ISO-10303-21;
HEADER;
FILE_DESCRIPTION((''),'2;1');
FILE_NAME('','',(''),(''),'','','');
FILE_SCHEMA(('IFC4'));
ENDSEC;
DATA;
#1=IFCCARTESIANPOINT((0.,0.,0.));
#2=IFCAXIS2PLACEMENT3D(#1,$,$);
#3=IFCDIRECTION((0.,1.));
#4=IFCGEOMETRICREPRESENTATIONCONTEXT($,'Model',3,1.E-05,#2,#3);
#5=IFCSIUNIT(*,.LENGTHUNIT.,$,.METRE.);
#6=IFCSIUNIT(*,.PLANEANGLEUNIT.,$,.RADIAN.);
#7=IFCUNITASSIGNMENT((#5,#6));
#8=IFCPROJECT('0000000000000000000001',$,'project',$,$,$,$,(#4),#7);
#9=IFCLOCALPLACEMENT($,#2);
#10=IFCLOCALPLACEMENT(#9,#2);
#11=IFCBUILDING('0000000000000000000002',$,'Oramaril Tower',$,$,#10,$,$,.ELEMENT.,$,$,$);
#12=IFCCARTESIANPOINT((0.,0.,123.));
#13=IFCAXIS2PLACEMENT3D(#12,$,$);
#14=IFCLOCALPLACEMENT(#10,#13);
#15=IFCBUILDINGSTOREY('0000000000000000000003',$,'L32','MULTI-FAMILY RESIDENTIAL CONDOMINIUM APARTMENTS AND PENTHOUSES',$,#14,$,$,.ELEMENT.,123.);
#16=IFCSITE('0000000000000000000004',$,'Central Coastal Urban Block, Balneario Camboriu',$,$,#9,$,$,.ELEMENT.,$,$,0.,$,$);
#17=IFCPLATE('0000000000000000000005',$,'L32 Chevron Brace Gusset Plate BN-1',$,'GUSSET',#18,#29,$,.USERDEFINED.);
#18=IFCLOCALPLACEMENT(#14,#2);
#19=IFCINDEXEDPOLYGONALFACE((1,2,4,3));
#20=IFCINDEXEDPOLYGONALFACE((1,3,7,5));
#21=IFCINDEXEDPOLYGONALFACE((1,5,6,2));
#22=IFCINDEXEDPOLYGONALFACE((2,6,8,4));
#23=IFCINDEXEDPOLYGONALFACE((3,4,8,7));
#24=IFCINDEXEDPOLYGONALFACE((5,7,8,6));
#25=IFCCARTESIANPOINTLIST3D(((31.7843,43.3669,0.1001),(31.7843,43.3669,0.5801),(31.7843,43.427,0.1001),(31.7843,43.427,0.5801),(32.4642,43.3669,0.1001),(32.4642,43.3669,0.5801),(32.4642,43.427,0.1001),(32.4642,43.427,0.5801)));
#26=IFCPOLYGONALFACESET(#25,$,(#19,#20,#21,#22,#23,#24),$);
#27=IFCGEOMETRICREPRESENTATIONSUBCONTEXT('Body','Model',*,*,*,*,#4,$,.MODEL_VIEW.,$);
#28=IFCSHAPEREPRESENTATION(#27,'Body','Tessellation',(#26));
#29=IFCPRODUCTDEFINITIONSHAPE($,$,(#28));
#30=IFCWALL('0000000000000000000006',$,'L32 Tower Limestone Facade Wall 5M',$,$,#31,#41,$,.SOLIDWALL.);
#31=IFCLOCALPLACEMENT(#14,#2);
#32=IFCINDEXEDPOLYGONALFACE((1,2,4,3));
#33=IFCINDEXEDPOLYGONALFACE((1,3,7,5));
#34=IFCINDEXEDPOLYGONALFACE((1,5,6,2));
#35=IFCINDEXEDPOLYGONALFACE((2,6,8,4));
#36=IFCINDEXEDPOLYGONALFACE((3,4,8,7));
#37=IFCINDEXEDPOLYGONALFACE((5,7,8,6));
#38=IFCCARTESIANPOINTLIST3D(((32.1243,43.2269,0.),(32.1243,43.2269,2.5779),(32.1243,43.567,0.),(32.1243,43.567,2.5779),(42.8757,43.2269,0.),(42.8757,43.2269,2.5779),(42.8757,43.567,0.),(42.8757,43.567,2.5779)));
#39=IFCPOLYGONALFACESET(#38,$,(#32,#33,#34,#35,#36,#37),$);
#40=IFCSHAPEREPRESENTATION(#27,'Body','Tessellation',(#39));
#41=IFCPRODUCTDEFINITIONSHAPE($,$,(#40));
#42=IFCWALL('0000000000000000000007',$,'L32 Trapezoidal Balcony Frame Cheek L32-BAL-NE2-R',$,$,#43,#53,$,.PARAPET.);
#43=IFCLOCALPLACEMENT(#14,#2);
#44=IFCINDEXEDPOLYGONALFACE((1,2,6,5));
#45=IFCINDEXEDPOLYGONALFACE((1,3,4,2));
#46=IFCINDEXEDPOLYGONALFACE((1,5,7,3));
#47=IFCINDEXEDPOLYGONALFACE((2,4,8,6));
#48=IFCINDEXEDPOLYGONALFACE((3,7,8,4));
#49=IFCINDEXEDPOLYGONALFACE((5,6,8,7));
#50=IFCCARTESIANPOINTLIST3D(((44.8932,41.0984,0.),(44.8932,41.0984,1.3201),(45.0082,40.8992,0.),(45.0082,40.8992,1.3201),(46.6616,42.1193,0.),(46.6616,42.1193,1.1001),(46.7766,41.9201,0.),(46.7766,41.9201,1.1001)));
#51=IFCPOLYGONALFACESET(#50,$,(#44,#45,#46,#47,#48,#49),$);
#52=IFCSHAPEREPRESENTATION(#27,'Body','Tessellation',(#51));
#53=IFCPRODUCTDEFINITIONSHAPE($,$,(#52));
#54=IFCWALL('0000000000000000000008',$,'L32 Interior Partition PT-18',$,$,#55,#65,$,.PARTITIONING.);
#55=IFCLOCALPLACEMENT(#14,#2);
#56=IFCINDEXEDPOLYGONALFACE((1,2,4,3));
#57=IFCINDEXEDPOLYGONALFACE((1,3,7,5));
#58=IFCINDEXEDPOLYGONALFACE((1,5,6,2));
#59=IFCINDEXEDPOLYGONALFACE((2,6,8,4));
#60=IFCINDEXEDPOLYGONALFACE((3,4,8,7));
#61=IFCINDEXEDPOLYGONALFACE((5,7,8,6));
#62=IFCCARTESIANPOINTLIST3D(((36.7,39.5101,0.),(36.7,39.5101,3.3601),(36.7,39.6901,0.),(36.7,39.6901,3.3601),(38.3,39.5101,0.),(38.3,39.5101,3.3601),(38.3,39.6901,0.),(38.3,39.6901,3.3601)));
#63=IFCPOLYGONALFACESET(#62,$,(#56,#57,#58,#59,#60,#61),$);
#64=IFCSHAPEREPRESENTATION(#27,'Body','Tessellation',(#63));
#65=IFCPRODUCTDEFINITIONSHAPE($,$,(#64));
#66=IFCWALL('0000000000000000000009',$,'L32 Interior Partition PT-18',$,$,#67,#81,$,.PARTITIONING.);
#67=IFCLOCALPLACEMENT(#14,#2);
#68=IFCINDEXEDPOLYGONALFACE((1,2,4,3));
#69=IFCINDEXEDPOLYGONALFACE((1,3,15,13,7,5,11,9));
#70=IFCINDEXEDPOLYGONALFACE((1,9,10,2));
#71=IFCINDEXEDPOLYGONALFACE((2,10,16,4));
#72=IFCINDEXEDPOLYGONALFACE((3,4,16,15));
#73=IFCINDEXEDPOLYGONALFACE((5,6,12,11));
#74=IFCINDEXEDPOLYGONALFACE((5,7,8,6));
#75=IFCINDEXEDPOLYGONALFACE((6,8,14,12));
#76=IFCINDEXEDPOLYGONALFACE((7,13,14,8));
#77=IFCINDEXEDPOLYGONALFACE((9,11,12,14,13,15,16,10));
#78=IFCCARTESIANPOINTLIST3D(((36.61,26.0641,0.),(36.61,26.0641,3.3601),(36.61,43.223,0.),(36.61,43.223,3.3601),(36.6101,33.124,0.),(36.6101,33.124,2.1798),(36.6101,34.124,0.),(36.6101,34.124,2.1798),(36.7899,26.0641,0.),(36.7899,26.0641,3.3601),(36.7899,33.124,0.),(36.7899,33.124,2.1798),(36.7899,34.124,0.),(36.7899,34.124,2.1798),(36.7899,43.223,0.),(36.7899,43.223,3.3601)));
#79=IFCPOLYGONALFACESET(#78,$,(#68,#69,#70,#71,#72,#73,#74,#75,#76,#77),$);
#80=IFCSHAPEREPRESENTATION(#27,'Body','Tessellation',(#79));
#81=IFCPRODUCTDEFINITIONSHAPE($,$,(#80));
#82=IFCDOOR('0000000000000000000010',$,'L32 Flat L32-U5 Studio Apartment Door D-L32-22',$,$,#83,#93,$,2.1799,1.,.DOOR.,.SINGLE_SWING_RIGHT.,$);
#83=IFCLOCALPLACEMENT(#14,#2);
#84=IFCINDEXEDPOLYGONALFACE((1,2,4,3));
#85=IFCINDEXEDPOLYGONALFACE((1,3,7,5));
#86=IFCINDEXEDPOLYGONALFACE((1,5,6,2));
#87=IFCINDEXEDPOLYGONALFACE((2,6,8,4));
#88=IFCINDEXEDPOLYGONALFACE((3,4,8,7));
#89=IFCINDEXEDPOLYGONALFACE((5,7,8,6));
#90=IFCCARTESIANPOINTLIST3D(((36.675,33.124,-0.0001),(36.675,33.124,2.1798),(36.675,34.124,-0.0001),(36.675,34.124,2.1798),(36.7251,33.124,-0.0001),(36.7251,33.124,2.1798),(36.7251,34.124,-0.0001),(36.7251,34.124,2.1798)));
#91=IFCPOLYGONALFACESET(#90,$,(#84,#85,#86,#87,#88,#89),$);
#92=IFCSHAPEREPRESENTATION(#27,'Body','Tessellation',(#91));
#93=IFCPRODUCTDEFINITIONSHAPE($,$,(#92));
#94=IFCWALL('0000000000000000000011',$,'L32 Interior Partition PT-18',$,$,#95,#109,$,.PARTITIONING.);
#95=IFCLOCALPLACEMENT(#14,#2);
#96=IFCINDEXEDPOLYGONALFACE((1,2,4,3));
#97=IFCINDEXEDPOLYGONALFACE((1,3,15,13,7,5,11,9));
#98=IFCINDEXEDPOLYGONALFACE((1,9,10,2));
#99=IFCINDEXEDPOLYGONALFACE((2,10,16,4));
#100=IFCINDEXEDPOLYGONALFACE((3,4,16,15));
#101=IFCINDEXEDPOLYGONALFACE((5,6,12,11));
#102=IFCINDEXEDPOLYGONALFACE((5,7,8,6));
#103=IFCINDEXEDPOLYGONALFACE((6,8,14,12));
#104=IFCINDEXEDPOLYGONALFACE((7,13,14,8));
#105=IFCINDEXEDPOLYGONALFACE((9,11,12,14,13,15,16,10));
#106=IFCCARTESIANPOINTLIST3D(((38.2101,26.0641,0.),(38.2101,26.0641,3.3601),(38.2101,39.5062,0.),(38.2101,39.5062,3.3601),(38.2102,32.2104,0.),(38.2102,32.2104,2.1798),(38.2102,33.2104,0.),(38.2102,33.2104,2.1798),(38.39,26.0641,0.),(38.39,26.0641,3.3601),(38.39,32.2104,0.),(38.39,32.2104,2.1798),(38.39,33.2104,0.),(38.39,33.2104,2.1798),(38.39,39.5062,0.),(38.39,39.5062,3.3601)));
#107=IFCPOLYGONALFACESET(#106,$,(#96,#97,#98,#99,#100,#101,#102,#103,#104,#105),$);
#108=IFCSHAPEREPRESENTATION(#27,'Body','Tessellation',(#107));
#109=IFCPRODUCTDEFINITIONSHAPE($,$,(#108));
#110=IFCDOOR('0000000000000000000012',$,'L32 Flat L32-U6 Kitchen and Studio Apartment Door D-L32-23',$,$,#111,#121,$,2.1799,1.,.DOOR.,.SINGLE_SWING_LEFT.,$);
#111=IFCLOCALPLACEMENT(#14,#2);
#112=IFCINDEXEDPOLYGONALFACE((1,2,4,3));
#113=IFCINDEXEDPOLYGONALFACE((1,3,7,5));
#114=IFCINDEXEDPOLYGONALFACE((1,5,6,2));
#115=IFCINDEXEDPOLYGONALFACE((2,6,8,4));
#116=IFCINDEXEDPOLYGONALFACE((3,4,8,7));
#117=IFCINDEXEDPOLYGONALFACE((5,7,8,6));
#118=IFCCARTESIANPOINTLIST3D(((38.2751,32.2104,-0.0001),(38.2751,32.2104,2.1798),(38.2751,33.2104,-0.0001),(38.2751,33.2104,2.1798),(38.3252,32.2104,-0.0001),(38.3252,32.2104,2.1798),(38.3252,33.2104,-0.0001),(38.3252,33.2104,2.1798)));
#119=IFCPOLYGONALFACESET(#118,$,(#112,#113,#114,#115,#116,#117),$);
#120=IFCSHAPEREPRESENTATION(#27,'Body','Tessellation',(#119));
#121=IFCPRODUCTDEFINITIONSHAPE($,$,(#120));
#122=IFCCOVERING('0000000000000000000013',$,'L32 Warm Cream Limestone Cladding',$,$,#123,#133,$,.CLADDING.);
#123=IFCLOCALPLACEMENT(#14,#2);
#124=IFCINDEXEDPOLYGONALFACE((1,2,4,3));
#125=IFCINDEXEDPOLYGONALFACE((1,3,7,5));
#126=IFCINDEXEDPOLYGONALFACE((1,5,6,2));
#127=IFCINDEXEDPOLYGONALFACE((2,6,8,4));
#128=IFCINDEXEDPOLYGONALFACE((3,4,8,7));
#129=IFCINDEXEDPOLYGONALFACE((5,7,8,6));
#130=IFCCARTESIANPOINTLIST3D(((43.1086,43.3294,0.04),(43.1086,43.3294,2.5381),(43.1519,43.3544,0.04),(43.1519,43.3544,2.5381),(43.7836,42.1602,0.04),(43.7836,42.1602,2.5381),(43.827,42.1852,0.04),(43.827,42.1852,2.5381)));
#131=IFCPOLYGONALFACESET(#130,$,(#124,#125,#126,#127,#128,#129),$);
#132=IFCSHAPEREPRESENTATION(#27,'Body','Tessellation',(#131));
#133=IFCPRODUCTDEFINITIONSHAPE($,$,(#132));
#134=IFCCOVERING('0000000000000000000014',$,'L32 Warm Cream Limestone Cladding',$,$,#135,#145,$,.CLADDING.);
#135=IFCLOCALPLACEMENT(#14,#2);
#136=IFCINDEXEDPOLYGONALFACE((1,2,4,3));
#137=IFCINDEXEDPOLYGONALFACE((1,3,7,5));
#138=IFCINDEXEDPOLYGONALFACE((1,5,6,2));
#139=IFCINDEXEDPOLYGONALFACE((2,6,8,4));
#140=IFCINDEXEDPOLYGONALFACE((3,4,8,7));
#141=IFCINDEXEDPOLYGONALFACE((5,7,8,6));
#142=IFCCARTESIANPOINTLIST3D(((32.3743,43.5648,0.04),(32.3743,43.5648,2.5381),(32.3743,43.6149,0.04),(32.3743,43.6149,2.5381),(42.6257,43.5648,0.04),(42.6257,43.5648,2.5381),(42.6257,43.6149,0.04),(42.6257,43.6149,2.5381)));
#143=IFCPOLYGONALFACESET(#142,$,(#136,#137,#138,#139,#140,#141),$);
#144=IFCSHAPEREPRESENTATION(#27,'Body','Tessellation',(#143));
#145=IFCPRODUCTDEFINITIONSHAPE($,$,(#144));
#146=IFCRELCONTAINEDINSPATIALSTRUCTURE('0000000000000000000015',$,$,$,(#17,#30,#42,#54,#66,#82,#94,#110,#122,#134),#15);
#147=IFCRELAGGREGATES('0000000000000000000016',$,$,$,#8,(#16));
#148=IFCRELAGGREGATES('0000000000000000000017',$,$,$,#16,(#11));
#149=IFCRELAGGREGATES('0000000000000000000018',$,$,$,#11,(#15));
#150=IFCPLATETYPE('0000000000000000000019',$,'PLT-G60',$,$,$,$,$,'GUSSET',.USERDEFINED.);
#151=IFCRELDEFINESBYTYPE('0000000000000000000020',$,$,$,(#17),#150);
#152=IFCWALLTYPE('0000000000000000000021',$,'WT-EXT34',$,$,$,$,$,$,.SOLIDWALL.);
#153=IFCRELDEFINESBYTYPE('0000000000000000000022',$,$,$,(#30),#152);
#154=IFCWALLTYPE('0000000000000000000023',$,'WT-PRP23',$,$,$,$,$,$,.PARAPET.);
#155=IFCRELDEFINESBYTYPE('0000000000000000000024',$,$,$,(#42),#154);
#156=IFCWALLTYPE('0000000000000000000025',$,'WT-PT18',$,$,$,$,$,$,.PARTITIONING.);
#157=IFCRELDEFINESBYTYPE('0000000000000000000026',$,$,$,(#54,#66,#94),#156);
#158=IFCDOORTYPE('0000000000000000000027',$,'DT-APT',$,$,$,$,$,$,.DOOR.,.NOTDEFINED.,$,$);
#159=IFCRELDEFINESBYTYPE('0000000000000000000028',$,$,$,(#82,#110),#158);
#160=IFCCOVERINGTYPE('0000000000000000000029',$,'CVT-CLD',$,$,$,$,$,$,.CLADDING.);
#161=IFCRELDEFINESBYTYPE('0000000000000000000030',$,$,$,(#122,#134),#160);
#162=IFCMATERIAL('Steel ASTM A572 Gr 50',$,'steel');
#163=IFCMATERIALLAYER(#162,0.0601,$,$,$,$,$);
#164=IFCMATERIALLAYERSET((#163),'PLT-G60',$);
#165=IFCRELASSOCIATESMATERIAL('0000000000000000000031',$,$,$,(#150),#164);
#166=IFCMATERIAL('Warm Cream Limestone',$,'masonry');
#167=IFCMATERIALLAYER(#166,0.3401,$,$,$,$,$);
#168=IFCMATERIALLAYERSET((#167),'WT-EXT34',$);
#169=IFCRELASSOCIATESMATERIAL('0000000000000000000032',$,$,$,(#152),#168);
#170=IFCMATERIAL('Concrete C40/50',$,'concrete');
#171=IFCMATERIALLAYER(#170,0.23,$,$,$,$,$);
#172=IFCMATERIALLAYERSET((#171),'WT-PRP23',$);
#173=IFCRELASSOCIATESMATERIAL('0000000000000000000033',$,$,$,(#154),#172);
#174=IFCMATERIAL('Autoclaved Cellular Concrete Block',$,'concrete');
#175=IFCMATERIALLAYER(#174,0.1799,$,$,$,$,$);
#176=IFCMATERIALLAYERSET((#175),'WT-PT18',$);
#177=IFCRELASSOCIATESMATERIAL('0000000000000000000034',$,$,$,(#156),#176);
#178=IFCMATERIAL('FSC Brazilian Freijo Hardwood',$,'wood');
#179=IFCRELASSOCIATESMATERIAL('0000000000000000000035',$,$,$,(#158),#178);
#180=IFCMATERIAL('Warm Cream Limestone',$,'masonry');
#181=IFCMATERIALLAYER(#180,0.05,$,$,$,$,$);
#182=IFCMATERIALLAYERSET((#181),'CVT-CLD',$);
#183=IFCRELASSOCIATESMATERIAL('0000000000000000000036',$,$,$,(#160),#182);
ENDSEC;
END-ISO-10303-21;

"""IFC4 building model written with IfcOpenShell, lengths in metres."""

from ifc_helpers import new_model, si_unit, direction, frame, frame_2d, origin, origin_2d, place, context, subcontext, project, spatial, polyline, rectangle, outline, extrude, material, layer, layer_set, type_object, element, fill, save


model = new_model("IFC4")

# Units and contexts
model_context = context("Model", 3, precision=1e-05, world=origin(), true_north=direction((0.0, 1.0)))
body_context = subcontext(model_context, "Body", "Model", "MODEL_VIEW")
ifc_project = project(units=[si_unit("LENGTHUNIT", "METRE"), si_unit("PLANEANGLEUNIT", "RADIAN")], contexts=[model_context])

# Site, building, storey
site_placement = place(None, origin())
site = spatial("IfcSite", under=ifc_project, at=site_placement, Name="Central Coastal Urban Block, Balneario Camboriu", CompositionType="ELEMENT", RefElevation=0.0)
building_placement = place(site_placement, origin())
building = spatial("IfcBuilding", under=site, at=building_placement, Name="Oramaril Tower", CompositionType="ELEMENT")
storey_placement = place(building_placement, frame((0.0, 0.0, 123.0)))
storey = spatial("IfcBuildingStorey", under=building, at=storey_placement, Name="L32", Description="MULTI-FAMILY RESIDENTIAL CONDOMINIUM APARTMENTS AND PENTHOUSES", CompositionType="ELEMENT", Elevation=123.0)

# Plate
ifc_material_1 = material(Name="Steel ASTM A572 Gr 50", Category="steel")
ifc_layer_1 = layer(ifc_material_1, 0.0601)
ifc_layer_set_1 = layer_set([ifc_layer_1], Name="PLT-G60")
plate_type = type_object("IfcPlateType", Name="PLT-G60", ElementType="GUSSET", PredefinedType="USERDEFINED", material=ifc_layer_set_1)
for number, where, z_axis, x_axis, name in (
    (1, (32.1243, 43.397, 0.1001), (0.0, 0.0, 1.0), (-1.0, 0.0, 0.0), "L32 Chevron Brace Gusset Plate BN-1"),
):
    element("IfcPlate", number, at=place(storey_placement, frame(where, z_axis=z_axis, x_axis=x_axis)), inside=storey, type_object=plate_type, Name=name, ObjectType="GUSSET", PredefinedType="USERDEFINED", context=body_context, shape_type="SweptSolid", body=[
        extrude(rectangle(XDim=0.6799, YDim=0.0601, at=origin_2d()), origin(), (0.0, 0.0, 1.0), 0.48),
    ])

# Wall
ifc_material_2 = material(Name="Warm Cream Limestone", Category="masonry")
ifc_layer_2 = layer(ifc_material_2, 0.3401)
ifc_layer_set_2 = layer_set([ifc_layer_2], Name="WT-EXT34")
wall_type_1 = type_object("IfcWallType", Name="WT-EXT34", PredefinedType="SOLIDWALL", material=ifc_layer_set_2)
wall_1_placement = place(storey_placement, frame((42.8757, 43.397, 0.0), z_axis=(0.0, 0.0, 1.0), x_axis=(-1.0, 0.0, 0.0)))
element("IfcWall", 2, at=wall_1_placement, inside=storey, type_object=wall_type_1, Name="L32 Tower Limestone Facade Wall 5M", PredefinedType="SOLIDWALL", context=body_context, shape_type="SweptSolid", body=[
    extrude(rectangle(XDim=10.7515, YDim=0.3401, at=frame_2d((5.3757, 0.0))), origin(), (0.0, 0.0, 1.0), 2.5779),
])

# Walls
ifc_material_3 = material(Name="Concrete C40/50", Category="concrete")
ifc_layer_3 = layer(ifc_material_3, 0.23)
ifc_layer_set_3 = layer_set([ifc_layer_3], Name="WT-PRP23")
wall_type_2 = type_object("IfcWallType", Name="WT-PRP23", PredefinedType="PARAPET", material=ifc_layer_set_3)
wall_2_placement = place(storey_placement, frame((44.9507, 40.9988, 0.0), z_axis=(0.0, 0.0, 1.0), x_axis=(0.866042, 0.499971, 0.0)))
element("IfcWall", 3, at=wall_2_placement, inside=storey, type_object=wall_type_2, Name="L32 Trapezoidal Balcony Frame Cheek L32-BAL-NE2-R", PredefinedType="PARAPET", context=body_context, shape_type="SweptSolid", body=[
    extrude(outline(polyline([(0.0, 0.0), (2.042, 0.0), (2.042, 1.1001), (0.0, 1.3201), (0.0, 0.0)])), frame((0.0, 0.115, 0.0), z_axis=(0.0, -1.0, 0.0), x_axis=(1.0, 0.0, 0.0)), (0.0, 0.0, 1.0), 0.23),
])
ifc_material_4 = material(Name="Autoclaved Cellular Concrete Block", Category="concrete")
ifc_layer_4 = layer(ifc_material_4, 0.1799)
ifc_layer_set_4 = layer_set([ifc_layer_4], Name="WT-PT18")
wall_type_3 = type_object("IfcWallType", Name="WT-PT18", PredefinedType="PARTITIONING", material=ifc_layer_set_4)
wall_3_placement = place(storey_placement, frame((36.7, 39.6001, 0.0), z_axis=(0.0, 0.0, 1.0), x_axis=(1.0, 0.0, 0.0)))
element("IfcWall", 4, at=wall_3_placement, inside=storey, type_object=wall_type_3, Name="L32 Interior Partition PT-18", PredefinedType="PARTITIONING", context=body_context, shape_type="SweptSolid", body=[
    extrude(rectangle(XDim=1.6001, YDim=0.1799, at=frame_2d((0.8, 0.0))), origin(), (0.0, 0.0, 1.0), 3.3601),
])

# Walls, openings, doors
wall_4_placement = place(storey_placement, frame((36.7, 26.064, 0.0), z_axis=(0.0, 0.0, 1.0), x_axis=(0.0, 1.0, 0.0)))
wall_4 = element("IfcWall", 5, at=wall_4_placement, inside=storey, type_object=wall_type_3, Name="L32 Interior Partition PT-18", PredefinedType="PARTITIONING", context=body_context, shape_type="SweptSolid", body=[
    extrude(rectangle(XDim=17.1589, YDim=0.1799, at=frame_2d((8.5796, 0.0))), origin(), (0.0, 0.0, 1.0), 3.3601),
])
opening_1_placement = place(wall_4_placement, frame((7.0601, 0.0, 0.0)))
opening_1 = element("IfcOpeningElement", 6, at=opening_1_placement, cuts=wall_4, PredefinedType="OPENING", context=body_context, shape_type="SweptSolid", body=[
    extrude(rectangle(XDim=1.0, YDim=2.1799, at=frame_2d((0.5, 1.0898))), frame((0.0, 0.0898, 0.0), z_axis=(0.0, -1.0, 0.0), x_axis=(1.0, 0.0, 0.0)), (0.0, 0.0, 1.0), 0.1799),
])
ifc_material_5 = material(Name="FSC Brazilian Freijo Hardwood", Category="wood")
door_type_1 = type_object("IfcDoorType", Name="DT-APT", OperationType="NOTDEFINED", PredefinedType="DOOR", material=ifc_material_5)
door_1_placement = place(opening_1_placement, origin())
door_1 = element("IfcDoor", 7, at=door_1_placement, inside=storey, type_object=door_type_1, Name="L32 Flat L32-U5 Studio Apartment Door D-L32-22", OperationType="SINGLE_SWING_RIGHT", OverallHeight=2.1799, OverallWidth=1.0, PredefinedType="DOOR", context=body_context, shape_type="SweptSolid", body=[
    extrude(rectangle(XDim=1.0, YDim=2.1799, at=frame_2d((0.5, 1.0898))), frame((0.0, 0.0249, 0.0), z_axis=(0.0, -1.0, 0.0), x_axis=(1.0, 0.0, 0.0)), (0.0, 0.0, 1.0), 0.05),
])
fill(opening_1, door_1)
wall_5_placement = place(storey_placement, frame((38.3, 26.064, 0.0), z_axis=(0.0, 0.0, 1.0), x_axis=(0.0, 1.0, 0.0)))
wall_5 = element("IfcWall", 8, at=wall_5_placement, inside=storey, type_object=wall_type_3, Name="L32 Interior Partition PT-18", PredefinedType="PARTITIONING", context=body_context, shape_type="SweptSolid", body=[
    extrude(rectangle(XDim=13.4421, YDim=0.1799, at=frame_2d((6.7212, 0.0))), origin(), (0.0, 0.0, 1.0), 3.3601),
])
opening_2_placement = place(wall_5_placement, frame((6.1465, 0.0, 0.0)))
opening_2 = element("IfcOpeningElement", 9, at=opening_2_placement, cuts=wall_5, PredefinedType="OPENING", context=body_context, shape_type="SweptSolid", body=[
    extrude(rectangle(XDim=1.0, YDim=2.1799, at=frame_2d((0.5, 1.0898))), frame((0.0, 0.0898, 0.0), z_axis=(0.0, -1.0, 0.0), x_axis=(1.0, 0.0, 0.0)), (0.0, 0.0, 1.0), 0.1799),
])
door_2_placement = place(opening_2_placement, origin())
door_2 = element("IfcDoor", 10, at=door_2_placement, inside=storey, type_object=door_type_1, Name="L32 Flat L32-U6 Kitchen and Studio Apartment Door D-L32-23", OperationType="SINGLE_SWING_LEFT", OverallHeight=2.1799, OverallWidth=1.0, PredefinedType="DOOR", context=body_context, shape_type="SweptSolid", body=[
    extrude(rectangle(XDim=1.0, YDim=2.1799, at=frame_2d((0.5, 1.0898))), frame((0.0, 0.0249, 0.0), z_axis=(0.0, -1.0, 0.0), x_axis=(1.0, 0.0, 0.0)), (0.0, 0.0, 1.0), 0.05),
])
fill(opening_2, door_2)

# Coverings
ifc_material_6 = material(Name="Warm Cream Limestone", Category="masonry")
ifc_layer_5 = layer(ifc_material_6, 0.05)
ifc_layer_set_5 = layer_set([ifc_layer_5], Name="CVT-CLD")
covering_type = type_object("IfcCoveringType", Name="CVT-CLD", PredefinedType="CLADDING", material=ifc_layer_set_5)
covering_1_placement = place(storey_placement, frame((43.4678, 42.7573, 0.04), z_axis=(0.0, 0.0, 1.0), x_axis=(-0.499998, 0.866026, 0.0)))
element("IfcCovering", 11, at=covering_1_placement, inside=storey, type_object=covering_type, Name="L32 Warm Cream Limestone Cladding", PredefinedType="CLADDING", context=body_context, shape_type="SweptSolid", body=[
    extrude(rectangle(XDim=1.3501, YDim=0.05, at=origin_2d()), origin(), (0.0, 0.0, 1.0), 2.498),
])
covering_2_placement = place(storey_placement, frame((37.5, 43.5898, 0.04), z_axis=(0.0, 0.0, 1.0), x_axis=(-1.0, 0.0, 0.0)))
element("IfcCovering", 12, at=covering_2_placement, inside=storey, type_object=covering_type, Name="L32 Warm Cream Limestone Cladding", PredefinedType="CLADDING", context=body_context, shape_type="SweptSolid", body=[
    extrude(rectangle(XDim=10.2515, YDim=0.05, at=origin_2d()), origin(), (0.0, 0.0, 1.0), 2.498),
])

save(model, "model.ifc")
